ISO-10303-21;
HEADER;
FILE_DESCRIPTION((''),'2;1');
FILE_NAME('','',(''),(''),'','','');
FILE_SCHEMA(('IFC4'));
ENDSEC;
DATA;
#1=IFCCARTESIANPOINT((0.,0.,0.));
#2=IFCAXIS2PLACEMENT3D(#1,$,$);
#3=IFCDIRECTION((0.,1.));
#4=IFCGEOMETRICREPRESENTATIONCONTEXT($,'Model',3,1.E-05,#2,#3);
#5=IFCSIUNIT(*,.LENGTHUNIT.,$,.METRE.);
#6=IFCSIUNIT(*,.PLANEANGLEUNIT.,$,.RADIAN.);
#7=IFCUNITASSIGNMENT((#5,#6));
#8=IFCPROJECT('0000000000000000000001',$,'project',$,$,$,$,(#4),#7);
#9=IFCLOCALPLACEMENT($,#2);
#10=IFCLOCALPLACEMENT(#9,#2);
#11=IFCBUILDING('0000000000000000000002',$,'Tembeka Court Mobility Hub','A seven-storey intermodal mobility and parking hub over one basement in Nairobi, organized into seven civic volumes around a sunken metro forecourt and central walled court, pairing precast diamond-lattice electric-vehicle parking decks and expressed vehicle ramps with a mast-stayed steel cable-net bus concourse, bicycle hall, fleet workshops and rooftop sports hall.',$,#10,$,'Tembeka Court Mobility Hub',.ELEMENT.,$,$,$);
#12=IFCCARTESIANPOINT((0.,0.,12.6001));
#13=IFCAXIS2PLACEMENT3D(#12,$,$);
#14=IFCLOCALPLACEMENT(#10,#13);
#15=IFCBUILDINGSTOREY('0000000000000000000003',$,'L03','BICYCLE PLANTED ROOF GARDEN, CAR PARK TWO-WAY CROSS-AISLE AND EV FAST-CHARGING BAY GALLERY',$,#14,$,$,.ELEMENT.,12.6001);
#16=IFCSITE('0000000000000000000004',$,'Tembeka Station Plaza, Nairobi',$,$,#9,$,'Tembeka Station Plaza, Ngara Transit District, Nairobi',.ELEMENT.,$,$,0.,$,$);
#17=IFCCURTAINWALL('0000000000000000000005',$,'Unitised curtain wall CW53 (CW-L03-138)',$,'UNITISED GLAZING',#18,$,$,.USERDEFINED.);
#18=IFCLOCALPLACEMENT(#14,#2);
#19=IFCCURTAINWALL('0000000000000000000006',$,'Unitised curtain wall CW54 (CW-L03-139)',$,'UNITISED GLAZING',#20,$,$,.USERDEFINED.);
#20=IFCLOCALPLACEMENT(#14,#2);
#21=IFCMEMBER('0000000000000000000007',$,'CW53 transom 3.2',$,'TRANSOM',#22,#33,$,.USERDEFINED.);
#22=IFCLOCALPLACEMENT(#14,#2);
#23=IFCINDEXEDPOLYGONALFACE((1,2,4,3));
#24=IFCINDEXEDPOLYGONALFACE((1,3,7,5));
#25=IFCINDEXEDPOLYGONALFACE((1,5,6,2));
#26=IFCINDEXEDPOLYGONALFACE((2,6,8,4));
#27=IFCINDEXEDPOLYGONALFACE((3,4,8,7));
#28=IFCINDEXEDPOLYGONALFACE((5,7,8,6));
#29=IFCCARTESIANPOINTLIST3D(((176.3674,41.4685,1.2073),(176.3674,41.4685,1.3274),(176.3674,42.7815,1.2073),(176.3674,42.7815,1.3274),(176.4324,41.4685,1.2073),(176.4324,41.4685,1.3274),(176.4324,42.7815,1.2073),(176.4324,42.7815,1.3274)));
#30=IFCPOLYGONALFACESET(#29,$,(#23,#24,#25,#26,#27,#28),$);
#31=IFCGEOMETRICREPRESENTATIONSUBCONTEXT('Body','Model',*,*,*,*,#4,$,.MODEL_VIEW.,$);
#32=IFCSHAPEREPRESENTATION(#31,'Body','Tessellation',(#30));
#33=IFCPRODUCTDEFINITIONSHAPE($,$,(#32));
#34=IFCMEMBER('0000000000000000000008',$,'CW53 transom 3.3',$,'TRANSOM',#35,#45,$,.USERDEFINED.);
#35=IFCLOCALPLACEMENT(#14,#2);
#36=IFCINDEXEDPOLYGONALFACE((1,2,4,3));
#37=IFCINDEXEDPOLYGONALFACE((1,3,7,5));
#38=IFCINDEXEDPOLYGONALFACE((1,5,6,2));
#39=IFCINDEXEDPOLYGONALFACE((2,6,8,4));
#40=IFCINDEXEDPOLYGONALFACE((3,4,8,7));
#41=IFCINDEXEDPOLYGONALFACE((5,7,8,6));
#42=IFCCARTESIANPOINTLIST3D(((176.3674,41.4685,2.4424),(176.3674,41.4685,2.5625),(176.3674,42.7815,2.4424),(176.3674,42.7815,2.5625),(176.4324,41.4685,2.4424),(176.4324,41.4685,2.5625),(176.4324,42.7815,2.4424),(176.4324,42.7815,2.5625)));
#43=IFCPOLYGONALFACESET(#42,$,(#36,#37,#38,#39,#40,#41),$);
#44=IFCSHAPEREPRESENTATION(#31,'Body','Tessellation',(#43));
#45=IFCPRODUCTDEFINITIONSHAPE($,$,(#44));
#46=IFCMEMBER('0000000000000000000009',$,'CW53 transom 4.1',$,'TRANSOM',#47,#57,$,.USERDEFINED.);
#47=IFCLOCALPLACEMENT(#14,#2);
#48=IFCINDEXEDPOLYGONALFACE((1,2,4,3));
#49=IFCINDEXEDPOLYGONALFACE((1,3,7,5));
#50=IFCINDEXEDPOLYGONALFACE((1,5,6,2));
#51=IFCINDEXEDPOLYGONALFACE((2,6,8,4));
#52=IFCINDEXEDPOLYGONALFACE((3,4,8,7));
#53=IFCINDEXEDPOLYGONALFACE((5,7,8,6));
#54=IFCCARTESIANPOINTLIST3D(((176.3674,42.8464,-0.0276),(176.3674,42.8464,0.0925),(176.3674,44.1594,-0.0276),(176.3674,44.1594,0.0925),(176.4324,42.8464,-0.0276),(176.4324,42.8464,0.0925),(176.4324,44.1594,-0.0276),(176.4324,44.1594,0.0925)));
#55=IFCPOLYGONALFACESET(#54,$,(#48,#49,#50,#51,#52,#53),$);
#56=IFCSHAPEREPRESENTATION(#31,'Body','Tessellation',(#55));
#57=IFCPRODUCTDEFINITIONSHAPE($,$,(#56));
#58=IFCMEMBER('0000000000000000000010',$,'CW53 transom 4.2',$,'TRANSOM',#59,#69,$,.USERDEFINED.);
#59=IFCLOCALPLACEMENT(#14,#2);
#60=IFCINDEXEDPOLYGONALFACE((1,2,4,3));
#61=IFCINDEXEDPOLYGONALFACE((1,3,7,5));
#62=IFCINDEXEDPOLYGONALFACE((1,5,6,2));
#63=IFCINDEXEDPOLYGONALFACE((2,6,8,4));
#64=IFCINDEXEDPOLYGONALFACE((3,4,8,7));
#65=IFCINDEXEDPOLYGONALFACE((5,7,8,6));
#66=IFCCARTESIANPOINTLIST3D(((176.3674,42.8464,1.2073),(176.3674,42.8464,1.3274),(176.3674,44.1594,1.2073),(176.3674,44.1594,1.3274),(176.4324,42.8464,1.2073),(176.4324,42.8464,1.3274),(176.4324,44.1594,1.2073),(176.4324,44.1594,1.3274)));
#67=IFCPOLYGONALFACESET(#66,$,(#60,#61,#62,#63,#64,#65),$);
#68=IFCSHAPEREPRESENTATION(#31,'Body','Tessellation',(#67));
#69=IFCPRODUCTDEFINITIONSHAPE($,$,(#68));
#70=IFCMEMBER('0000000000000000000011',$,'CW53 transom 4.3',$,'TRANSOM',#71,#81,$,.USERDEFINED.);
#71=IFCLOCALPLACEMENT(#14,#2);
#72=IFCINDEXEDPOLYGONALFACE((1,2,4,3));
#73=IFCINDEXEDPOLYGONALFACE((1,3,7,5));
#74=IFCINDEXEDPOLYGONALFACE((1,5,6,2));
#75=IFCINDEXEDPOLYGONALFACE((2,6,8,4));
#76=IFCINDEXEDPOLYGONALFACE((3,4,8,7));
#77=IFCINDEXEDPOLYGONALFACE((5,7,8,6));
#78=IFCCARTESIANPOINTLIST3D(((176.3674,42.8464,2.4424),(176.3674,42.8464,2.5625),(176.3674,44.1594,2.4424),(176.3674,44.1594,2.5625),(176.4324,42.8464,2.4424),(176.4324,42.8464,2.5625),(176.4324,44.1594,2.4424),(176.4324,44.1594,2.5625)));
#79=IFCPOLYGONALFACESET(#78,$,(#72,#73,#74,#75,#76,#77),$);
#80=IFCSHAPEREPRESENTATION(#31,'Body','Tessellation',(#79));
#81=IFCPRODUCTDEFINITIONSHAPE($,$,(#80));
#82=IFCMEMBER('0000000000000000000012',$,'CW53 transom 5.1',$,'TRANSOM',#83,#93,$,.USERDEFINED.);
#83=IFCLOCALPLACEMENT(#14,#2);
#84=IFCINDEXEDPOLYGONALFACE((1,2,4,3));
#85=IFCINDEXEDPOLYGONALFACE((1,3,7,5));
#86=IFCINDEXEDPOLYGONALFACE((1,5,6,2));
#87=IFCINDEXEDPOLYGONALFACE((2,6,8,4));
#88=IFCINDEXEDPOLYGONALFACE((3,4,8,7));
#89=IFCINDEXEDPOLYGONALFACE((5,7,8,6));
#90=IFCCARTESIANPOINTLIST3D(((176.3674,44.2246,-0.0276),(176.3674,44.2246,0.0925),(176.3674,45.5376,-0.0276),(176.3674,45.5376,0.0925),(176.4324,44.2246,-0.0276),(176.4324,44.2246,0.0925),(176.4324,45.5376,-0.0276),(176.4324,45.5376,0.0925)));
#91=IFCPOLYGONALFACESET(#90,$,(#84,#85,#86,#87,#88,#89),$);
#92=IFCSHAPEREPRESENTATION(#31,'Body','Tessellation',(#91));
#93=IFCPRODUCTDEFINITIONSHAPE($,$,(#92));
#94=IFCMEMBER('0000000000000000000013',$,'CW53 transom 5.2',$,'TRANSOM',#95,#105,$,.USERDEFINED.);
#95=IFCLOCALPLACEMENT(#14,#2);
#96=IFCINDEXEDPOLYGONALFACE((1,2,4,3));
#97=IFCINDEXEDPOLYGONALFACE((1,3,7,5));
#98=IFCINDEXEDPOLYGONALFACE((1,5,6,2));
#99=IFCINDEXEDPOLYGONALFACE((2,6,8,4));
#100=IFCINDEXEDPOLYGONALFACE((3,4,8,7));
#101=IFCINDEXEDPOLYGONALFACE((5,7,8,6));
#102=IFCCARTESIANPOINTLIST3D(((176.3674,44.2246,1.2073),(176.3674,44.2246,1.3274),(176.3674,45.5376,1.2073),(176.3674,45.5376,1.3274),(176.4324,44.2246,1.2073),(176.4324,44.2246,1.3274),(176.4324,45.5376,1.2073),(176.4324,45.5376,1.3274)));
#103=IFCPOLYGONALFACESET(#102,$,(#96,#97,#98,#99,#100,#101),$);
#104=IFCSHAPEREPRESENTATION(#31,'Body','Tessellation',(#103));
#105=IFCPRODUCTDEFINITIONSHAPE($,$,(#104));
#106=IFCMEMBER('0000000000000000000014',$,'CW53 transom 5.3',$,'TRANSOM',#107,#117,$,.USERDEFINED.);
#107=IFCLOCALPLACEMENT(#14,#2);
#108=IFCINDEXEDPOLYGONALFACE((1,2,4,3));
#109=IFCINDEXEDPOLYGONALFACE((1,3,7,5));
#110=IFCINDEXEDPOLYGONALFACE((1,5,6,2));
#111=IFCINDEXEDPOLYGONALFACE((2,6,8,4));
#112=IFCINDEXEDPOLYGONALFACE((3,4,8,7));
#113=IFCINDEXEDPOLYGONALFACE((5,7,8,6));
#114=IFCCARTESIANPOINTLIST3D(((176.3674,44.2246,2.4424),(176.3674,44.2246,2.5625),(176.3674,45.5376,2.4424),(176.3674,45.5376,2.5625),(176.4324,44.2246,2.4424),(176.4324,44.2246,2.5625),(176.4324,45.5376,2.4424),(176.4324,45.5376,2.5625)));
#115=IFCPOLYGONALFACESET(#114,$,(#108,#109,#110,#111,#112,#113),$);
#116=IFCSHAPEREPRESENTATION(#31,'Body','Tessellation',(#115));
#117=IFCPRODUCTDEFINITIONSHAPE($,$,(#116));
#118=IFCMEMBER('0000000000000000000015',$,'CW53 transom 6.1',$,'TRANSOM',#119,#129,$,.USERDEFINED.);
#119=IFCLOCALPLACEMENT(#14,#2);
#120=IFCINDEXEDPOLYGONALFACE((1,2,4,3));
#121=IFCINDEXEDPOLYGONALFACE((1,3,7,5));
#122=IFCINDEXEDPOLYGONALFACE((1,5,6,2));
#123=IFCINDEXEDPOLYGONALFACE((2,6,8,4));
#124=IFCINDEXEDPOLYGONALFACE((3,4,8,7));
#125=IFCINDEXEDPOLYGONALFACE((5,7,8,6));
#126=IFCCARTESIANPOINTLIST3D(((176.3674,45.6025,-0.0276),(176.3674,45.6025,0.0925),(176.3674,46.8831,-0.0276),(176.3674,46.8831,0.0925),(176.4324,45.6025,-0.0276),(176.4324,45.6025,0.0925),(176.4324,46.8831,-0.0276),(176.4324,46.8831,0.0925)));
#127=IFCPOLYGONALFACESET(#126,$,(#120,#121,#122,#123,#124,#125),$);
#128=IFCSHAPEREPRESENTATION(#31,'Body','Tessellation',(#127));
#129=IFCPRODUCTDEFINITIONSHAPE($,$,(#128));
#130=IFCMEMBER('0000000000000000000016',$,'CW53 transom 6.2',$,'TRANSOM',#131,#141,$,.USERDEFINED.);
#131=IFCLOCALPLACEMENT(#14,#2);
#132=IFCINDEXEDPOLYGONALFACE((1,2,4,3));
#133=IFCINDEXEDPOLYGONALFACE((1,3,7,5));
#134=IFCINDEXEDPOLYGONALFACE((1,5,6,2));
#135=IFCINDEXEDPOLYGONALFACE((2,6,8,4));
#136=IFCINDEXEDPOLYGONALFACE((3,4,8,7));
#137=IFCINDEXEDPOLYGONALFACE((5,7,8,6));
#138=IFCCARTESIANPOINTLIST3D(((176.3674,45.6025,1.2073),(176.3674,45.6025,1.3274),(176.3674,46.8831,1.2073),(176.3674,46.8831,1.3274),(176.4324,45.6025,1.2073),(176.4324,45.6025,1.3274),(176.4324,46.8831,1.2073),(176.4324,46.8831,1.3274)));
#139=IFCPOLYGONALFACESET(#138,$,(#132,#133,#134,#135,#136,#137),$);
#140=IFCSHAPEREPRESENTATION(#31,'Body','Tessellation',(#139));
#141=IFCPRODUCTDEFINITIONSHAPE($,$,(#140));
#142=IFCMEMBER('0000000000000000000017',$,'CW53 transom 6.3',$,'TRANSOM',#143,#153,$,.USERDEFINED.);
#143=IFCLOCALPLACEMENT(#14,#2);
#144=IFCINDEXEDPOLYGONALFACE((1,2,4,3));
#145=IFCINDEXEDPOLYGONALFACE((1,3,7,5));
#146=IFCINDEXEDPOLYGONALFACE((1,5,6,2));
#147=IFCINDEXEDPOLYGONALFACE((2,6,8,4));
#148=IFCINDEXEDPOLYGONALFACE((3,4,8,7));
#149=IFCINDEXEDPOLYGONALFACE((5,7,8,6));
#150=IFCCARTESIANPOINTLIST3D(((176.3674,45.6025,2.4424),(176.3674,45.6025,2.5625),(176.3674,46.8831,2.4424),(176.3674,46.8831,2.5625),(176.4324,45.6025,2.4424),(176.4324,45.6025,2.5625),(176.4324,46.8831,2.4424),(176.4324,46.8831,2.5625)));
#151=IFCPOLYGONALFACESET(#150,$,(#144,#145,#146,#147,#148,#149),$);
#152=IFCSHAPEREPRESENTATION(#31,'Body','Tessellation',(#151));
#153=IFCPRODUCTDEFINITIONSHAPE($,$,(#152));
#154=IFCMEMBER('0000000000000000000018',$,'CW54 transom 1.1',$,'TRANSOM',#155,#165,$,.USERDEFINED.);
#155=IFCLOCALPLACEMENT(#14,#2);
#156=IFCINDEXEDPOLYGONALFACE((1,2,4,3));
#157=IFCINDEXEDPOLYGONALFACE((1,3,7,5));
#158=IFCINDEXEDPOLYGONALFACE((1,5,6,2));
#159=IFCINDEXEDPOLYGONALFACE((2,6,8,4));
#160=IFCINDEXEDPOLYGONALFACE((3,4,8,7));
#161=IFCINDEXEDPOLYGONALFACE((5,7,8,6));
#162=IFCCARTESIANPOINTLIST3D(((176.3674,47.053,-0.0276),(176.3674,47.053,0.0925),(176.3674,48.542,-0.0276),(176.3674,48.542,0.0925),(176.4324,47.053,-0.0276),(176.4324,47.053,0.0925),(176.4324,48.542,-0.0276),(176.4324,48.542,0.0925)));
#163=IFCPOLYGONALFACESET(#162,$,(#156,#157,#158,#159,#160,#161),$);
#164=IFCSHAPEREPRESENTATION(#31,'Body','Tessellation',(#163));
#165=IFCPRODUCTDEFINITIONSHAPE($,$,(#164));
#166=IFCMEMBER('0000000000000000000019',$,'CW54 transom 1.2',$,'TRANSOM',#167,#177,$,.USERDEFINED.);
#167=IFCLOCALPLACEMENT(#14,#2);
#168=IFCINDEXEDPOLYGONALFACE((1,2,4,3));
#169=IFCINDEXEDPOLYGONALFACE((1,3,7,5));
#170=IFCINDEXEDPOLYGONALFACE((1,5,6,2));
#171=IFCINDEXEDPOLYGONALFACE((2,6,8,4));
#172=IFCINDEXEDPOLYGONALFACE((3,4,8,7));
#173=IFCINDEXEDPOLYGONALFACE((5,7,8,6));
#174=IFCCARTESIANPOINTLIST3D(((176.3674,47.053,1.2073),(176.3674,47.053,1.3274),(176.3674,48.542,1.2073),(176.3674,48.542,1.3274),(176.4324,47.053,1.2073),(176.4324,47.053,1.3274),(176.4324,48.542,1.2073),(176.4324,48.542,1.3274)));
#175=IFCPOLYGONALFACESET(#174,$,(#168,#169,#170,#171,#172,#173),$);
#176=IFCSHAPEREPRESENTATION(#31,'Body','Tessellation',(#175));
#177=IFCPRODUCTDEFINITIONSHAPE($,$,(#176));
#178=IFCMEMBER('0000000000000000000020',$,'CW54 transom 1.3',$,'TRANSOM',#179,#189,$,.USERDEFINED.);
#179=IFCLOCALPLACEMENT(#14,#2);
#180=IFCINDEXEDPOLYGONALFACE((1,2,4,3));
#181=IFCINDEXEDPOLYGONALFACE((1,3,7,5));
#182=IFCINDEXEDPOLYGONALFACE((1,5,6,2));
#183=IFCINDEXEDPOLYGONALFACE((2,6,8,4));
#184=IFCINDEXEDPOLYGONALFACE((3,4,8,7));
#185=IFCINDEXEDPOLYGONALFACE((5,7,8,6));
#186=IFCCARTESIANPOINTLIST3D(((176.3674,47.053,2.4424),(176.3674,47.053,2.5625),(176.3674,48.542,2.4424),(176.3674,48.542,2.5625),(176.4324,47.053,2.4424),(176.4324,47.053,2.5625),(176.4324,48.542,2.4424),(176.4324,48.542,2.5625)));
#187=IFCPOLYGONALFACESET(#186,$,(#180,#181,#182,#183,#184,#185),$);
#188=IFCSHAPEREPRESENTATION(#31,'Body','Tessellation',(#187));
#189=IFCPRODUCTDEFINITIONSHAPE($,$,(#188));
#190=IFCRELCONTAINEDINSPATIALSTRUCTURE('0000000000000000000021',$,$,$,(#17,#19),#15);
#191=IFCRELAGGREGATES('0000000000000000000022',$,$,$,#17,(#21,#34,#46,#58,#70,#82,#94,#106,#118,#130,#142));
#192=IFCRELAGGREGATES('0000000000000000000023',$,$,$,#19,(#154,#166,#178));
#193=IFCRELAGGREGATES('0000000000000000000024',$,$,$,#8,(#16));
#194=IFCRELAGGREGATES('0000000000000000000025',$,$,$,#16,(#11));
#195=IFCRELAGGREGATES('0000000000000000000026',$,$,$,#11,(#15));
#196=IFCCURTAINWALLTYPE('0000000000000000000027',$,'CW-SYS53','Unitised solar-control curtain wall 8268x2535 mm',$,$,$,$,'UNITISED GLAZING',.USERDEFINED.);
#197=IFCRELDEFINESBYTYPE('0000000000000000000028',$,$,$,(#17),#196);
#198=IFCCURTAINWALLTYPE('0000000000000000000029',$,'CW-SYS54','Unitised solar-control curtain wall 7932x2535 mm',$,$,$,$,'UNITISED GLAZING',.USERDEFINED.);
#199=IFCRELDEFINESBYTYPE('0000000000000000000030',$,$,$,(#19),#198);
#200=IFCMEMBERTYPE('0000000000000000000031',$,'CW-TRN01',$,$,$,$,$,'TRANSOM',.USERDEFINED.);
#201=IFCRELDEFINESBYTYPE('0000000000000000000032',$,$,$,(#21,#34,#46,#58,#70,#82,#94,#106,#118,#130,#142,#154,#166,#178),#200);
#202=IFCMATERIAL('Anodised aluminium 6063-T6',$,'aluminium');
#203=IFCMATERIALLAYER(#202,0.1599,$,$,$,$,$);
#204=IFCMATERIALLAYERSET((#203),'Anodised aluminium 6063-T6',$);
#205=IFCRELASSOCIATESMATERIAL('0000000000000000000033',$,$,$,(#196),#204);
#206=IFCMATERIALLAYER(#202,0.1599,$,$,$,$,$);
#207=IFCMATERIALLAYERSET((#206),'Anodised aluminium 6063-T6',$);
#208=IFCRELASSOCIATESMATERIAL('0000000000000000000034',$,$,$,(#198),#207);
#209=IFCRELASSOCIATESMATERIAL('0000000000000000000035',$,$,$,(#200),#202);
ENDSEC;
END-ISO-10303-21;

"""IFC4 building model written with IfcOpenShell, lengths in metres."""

from ifc_helpers import new_model, si_unit, direction, frame, origin, origin_2d, place, context, subcontext, project, spatial, rectangle, extrude, material, layer, layer_set, material_profile, profile_set, type_object, element, aggregate, save


model = new_model("IFC4")

# Units and contexts
model_context = context("Model", 3, precision=1e-05, world=origin(), true_north=direction((0.0, 1.0)))
body_context = subcontext(model_context, "Body", "Model", "MODEL_VIEW")
ifc_project = project(units=[si_unit("LENGTHUNIT", "METRE"), si_unit("PLANEANGLEUNIT", "RADIAN")], contexts=[model_context])

# Site, building, storey
site_placement = place(None, origin())
site = spatial("IfcSite", under=ifc_project, at=site_placement, Name="Tembeka Station Plaza, Nairobi", LongName="Tembeka Station Plaza, Ngara Transit District, Nairobi", CompositionType="ELEMENT", RefElevation=0.0)
building_placement = place(site_placement, origin())
building = spatial("IfcBuilding", under=site, at=building_placement, Name="Tembeka Court Mobility Hub", Description="A seven-storey intermodal mobility and parking hub over one basement in Nairobi, organized into seven civic volumes around a sunken metro forecourt and central walled court, pairing precast diamond-lattice electric-vehicle parking decks and expressed vehicle ramps with a mast-stayed steel cable-net bus concourse, bicycle hall, fleet workshops and rooftop sports hall.", LongName="Tembeka Court Mobility Hub", CompositionType="ELEMENT")
storey_placement = place(building_placement, frame((0.0, 0.0, 12.6001)))
storey = spatial("IfcBuildingStorey", under=building, at=storey_placement, Name="L03", Description="BICYCLE PLANTED ROOF GARDEN, CAR PARK TWO-WAY CROSS-AISLE AND EV FAST-CHARGING BAY GALLERY", CompositionType="ELEMENT", Elevation=12.6001)

# Curtain wall
ifc_material_1 = material(Name="Anodised aluminium 6063-T6", Category="aluminium")
ifc_layer_1 = layer(ifc_material_1, 0.1599)
ifc_layer_set_1 = layer_set([ifc_layer_1], Name="Anodised aluminium 6063-T6")
curtain_wall_type_1 = type_object("IfcCurtainWallType", Name="CW-SYS53", Description="Unitised solar-control curtain wall 8268x2535 mm", ElementType="UNITISED GLAZING", PredefinedType="USERDEFINED", material=ifc_layer_set_1)
curtain_wall_1_placement = place(storey_placement, origin())
curtain_wall_1 = element("IfcCurtainWall", 1, at=curtain_wall_1_placement, inside=storey, type_object=curtain_wall_type_1, Name="Unitised curtain wall CW53 (CW-L03-138)", ObjectType="UNITISED GLAZING", PredefinedType="USERDEFINED")

# Curtain wall
ifc_layer_2 = layer(ifc_material_1, 0.1599)
ifc_layer_set_2 = layer_set([ifc_layer_2], Name="Anodised aluminium 6063-T6")
curtain_wall_type_2 = type_object("IfcCurtainWallType", Name="CW-SYS54", Description="Unitised solar-control curtain wall 7932x2535 mm", ElementType="UNITISED GLAZING", PredefinedType="USERDEFINED", material=ifc_layer_set_2)
curtain_wall_2_placement = place(storey_placement, origin())
curtain_wall_2 = element("IfcCurtainWall", 2, at=curtain_wall_2_placement, inside=storey, type_object=curtain_wall_type_2, Name="Unitised curtain wall CW54 (CW-L03-139)", ObjectType="UNITISED GLAZING", PredefinedType="USERDEFINED")

# Members
ifc_material_profile_1 = material_profile(ifc_material_1, rectangle(XDim=0.0649, YDim=0.1201, at=origin_2d()), Name="ALU-TRN 65x120")
ifc_profile_set_1 = profile_set([ifc_material_profile_1], Name="Anodised aluminium 6063-T6")
member_type_1 = type_object("IfcMemberType", Name="CW-TRN01", ElementType="TRANSOM", PredefinedType="USERDEFINED", material=ifc_profile_set_1)
member_1_placement = place(storey_placement, frame((176.3999, 41.4685, 1.2673), z_axis=(0.0, 1.0, 0.0), x_axis=(-1.0, 0.0, 0.0)))
member_1 = element("IfcMember", 3, at=member_1_placement, type_object=member_type_1, Name="CW53 transom 3.2", ObjectType="TRANSOM", PredefinedType="USERDEFINED", context=body_context, shape_type="SweptSolid", body=[
    extrude(rectangle(XDim=0.0649, YDim=0.1201, at=origin_2d()), origin(), (0.0, 0.0, 1.0), 1.313),
])
member_2_placement = place(storey_placement, frame((176.3999, 41.4685, 2.5024), z_axis=(0.0, 1.0, 0.0), x_axis=(-1.0, 0.0, 0.0)))
member_2 = element("IfcMember", 4, at=member_2_placement, type_object=member_type_1, Name="CW53 transom 3.3", ObjectType="TRANSOM", PredefinedType="USERDEFINED", context=body_context, shape_type="SweptSolid", body=[
    extrude(rectangle(XDim=0.0649, YDim=0.1201, at=origin_2d()), origin(), (0.0, 0.0, 1.0), 1.313),
])
member_3_placement = place(storey_placement, frame((176.3999, 42.8464, 0.0325), z_axis=(0.0, 1.0, 0.0), x_axis=(-1.0, 0.0, 0.0)))
member_3 = element("IfcMember", 5, at=member_3_placement, type_object=member_type_1, Name="CW53 transom 4.1", ObjectType="TRANSOM", PredefinedType="USERDEFINED", context=body_context, shape_type="SweptSolid", body=[
    extrude(rectangle(XDim=0.0649, YDim=0.1201, at=origin_2d()), origin(), (0.0, 0.0, 1.0), 1.313),
])
member_4_placement = place(storey_placement, frame((176.3999, 42.8464, 1.2673), z_axis=(0.0, 1.0, 0.0), x_axis=(-1.0, 0.0, 0.0)))
member_4 = element("IfcMember", 6, at=member_4_placement, type_object=member_type_1, Name="CW53 transom 4.2", ObjectType="TRANSOM", PredefinedType="USERDEFINED", context=body_context, shape_type="SweptSolid", body=[
    extrude(rectangle(XDim=0.0649, YDim=0.1201, at=origin_2d()), origin(), (0.0, 0.0, 1.0), 1.313),
])
member_5_placement = place(storey_placement, frame((176.3999, 42.8464, 2.5024), z_axis=(0.0, 1.0, 0.0), x_axis=(-1.0, 0.0, 0.0)))
member_5 = element("IfcMember", 7, at=member_5_placement, type_object=member_type_1, Name="CW53 transom 4.3", ObjectType="TRANSOM", PredefinedType="USERDEFINED", context=body_context, shape_type="SweptSolid", body=[
    extrude(rectangle(XDim=0.0649, YDim=0.1201, at=origin_2d()), origin(), (0.0, 0.0, 1.0), 1.313),
])
member_6_placement = place(storey_placement, frame((176.3999, 44.2246, 0.0325), z_axis=(0.0, 1.0, 0.0), x_axis=(-1.0, 0.0, 0.0)))
member_6 = element("IfcMember", 8, at=member_6_placement, type_object=member_type_1, Name="CW53 transom 5.1", ObjectType="TRANSOM", PredefinedType="USERDEFINED", context=body_context, shape_type="SweptSolid", body=[
    extrude(rectangle(XDim=0.0649, YDim=0.1201, at=origin_2d()), origin(), (0.0, 0.0, 1.0), 1.313),
])
member_7_placement = place(storey_placement, frame((176.3999, 44.2246, 1.2673), z_axis=(0.0, 1.0, 0.0), x_axis=(-1.0, 0.0, 0.0)))
member_7 = element("IfcMember", 9, at=member_7_placement, type_object=member_type_1, Name="CW53 transom 5.2", ObjectType="TRANSOM", PredefinedType="USERDEFINED", context=body_context, shape_type="SweptSolid", body=[
    extrude(rectangle(XDim=0.0649, YDim=0.1201, at=origin_2d()), origin(), (0.0, 0.0, 1.0), 1.313),
])
member_8_placement = place(storey_placement, frame((176.3999, 44.2246, 2.5024), z_axis=(0.0, 1.0, 0.0), x_axis=(-1.0, 0.0, 0.0)))
member_8 = element("IfcMember", 10, at=member_8_placement, type_object=member_type_1, Name="CW53 transom 5.3", ObjectType="TRANSOM", PredefinedType="USERDEFINED", context=body_context, shape_type="SweptSolid", body=[
    extrude(rectangle(XDim=0.0649, YDim=0.1201, at=origin_2d()), origin(), (0.0, 0.0, 1.0), 1.313),
])
member_9_placement = place(storey_placement, frame((176.3999, 45.6025, 0.0325), z_axis=(0.0, 1.0, 0.0), x_axis=(-1.0, 0.0, 0.0)))
member_9 = element("IfcMember", 11, at=member_9_placement, type_object=member_type_1, Name="CW53 transom 6.1", ObjectType="TRANSOM", PredefinedType="USERDEFINED", context=body_context, shape_type="SweptSolid", body=[
    extrude(rectangle(XDim=0.0649, YDim=0.1201, at=origin_2d()), origin(), (0.0, 0.0, 1.0), 1.2805),
])
member_10_placement = place(storey_placement, frame((176.3999, 45.6025, 1.2673), z_axis=(0.0, 1.0, 0.0), x_axis=(-1.0, 0.0, 0.0)))
member_10 = element("IfcMember", 12, at=member_10_placement, type_object=member_type_1, Name="CW53 transom 6.2", ObjectType="TRANSOM", PredefinedType="USERDEFINED", context=body_context, shape_type="SweptSolid", body=[
    extrude(rectangle(XDim=0.0649, YDim=0.1201, at=origin_2d()), origin(), (0.0, 0.0, 1.0), 1.2805),
])
member_11_placement = place(storey_placement, frame((176.3999, 45.6025, 2.5024), z_axis=(0.0, 1.0, 0.0), x_axis=(-1.0, 0.0, 0.0)))
member_11 = element("IfcMember", 13, at=member_11_placement, type_object=member_type_1, Name="CW53 transom 6.3", ObjectType="TRANSOM", PredefinedType="USERDEFINED", context=body_context, shape_type="SweptSolid", body=[
    extrude(rectangle(XDim=0.0649, YDim=0.1201, at=origin_2d()), origin(), (0.0, 0.0, 1.0), 1.2805),
])
member_12_placement = place(storey_placement, frame((176.3999, 47.053, 0.0325), z_axis=(0.0, 1.0, 0.0), x_axis=(-1.0, 0.0, 0.0)))
member_12 = element("IfcMember", 14, at=member_12_placement, type_object=member_type_1, Name="CW54 transom 1.1", ObjectType="TRANSOM", PredefinedType="USERDEFINED", context=body_context, shape_type="SweptSolid", body=[
    extrude(rectangle(XDim=0.0649, YDim=0.1201, at=origin_2d()), origin(), (0.0, 0.0, 1.0), 1.489),
])
member_13_placement = place(storey_placement, frame((176.3999, 47.053, 1.2673), z_axis=(0.0, 1.0, 0.0), x_axis=(-1.0, 0.0, 0.0)))
member_13 = element("IfcMember", 15, at=member_13_placement, type_object=member_type_1, Name="CW54 transom 1.2", ObjectType="TRANSOM", PredefinedType="USERDEFINED", context=body_context, shape_type="SweptSolid", body=[
    extrude(rectangle(XDim=0.0649, YDim=0.1201, at=origin_2d()), origin(), (0.0, 0.0, 1.0), 1.489),
])
member_14_placement = place(storey_placement, frame((176.3999, 47.053, 2.5024), z_axis=(0.0, 1.0, 0.0), x_axis=(-1.0, 0.0, 0.0)))
member_14 = element("IfcMember", 16, at=member_14_placement, type_object=member_type_1, Name="CW54 transom 1.3", ObjectType="TRANSOM", PredefinedType="USERDEFINED", context=body_context, shape_type="SweptSolid", body=[
    extrude(rectangle(XDim=0.0649, YDim=0.1201, at=origin_2d()), origin(), (0.0, 0.0, 1.0), 1.489),
])

aggregate(curtain_wall_1, [member_1, member_2, member_3, member_4, member_5, member_6, member_7, member_8, member_9, member_10, member_11])
aggregate(curtain_wall_2, [member_12, member_13, member_14])

save(model, "model.ifc")
